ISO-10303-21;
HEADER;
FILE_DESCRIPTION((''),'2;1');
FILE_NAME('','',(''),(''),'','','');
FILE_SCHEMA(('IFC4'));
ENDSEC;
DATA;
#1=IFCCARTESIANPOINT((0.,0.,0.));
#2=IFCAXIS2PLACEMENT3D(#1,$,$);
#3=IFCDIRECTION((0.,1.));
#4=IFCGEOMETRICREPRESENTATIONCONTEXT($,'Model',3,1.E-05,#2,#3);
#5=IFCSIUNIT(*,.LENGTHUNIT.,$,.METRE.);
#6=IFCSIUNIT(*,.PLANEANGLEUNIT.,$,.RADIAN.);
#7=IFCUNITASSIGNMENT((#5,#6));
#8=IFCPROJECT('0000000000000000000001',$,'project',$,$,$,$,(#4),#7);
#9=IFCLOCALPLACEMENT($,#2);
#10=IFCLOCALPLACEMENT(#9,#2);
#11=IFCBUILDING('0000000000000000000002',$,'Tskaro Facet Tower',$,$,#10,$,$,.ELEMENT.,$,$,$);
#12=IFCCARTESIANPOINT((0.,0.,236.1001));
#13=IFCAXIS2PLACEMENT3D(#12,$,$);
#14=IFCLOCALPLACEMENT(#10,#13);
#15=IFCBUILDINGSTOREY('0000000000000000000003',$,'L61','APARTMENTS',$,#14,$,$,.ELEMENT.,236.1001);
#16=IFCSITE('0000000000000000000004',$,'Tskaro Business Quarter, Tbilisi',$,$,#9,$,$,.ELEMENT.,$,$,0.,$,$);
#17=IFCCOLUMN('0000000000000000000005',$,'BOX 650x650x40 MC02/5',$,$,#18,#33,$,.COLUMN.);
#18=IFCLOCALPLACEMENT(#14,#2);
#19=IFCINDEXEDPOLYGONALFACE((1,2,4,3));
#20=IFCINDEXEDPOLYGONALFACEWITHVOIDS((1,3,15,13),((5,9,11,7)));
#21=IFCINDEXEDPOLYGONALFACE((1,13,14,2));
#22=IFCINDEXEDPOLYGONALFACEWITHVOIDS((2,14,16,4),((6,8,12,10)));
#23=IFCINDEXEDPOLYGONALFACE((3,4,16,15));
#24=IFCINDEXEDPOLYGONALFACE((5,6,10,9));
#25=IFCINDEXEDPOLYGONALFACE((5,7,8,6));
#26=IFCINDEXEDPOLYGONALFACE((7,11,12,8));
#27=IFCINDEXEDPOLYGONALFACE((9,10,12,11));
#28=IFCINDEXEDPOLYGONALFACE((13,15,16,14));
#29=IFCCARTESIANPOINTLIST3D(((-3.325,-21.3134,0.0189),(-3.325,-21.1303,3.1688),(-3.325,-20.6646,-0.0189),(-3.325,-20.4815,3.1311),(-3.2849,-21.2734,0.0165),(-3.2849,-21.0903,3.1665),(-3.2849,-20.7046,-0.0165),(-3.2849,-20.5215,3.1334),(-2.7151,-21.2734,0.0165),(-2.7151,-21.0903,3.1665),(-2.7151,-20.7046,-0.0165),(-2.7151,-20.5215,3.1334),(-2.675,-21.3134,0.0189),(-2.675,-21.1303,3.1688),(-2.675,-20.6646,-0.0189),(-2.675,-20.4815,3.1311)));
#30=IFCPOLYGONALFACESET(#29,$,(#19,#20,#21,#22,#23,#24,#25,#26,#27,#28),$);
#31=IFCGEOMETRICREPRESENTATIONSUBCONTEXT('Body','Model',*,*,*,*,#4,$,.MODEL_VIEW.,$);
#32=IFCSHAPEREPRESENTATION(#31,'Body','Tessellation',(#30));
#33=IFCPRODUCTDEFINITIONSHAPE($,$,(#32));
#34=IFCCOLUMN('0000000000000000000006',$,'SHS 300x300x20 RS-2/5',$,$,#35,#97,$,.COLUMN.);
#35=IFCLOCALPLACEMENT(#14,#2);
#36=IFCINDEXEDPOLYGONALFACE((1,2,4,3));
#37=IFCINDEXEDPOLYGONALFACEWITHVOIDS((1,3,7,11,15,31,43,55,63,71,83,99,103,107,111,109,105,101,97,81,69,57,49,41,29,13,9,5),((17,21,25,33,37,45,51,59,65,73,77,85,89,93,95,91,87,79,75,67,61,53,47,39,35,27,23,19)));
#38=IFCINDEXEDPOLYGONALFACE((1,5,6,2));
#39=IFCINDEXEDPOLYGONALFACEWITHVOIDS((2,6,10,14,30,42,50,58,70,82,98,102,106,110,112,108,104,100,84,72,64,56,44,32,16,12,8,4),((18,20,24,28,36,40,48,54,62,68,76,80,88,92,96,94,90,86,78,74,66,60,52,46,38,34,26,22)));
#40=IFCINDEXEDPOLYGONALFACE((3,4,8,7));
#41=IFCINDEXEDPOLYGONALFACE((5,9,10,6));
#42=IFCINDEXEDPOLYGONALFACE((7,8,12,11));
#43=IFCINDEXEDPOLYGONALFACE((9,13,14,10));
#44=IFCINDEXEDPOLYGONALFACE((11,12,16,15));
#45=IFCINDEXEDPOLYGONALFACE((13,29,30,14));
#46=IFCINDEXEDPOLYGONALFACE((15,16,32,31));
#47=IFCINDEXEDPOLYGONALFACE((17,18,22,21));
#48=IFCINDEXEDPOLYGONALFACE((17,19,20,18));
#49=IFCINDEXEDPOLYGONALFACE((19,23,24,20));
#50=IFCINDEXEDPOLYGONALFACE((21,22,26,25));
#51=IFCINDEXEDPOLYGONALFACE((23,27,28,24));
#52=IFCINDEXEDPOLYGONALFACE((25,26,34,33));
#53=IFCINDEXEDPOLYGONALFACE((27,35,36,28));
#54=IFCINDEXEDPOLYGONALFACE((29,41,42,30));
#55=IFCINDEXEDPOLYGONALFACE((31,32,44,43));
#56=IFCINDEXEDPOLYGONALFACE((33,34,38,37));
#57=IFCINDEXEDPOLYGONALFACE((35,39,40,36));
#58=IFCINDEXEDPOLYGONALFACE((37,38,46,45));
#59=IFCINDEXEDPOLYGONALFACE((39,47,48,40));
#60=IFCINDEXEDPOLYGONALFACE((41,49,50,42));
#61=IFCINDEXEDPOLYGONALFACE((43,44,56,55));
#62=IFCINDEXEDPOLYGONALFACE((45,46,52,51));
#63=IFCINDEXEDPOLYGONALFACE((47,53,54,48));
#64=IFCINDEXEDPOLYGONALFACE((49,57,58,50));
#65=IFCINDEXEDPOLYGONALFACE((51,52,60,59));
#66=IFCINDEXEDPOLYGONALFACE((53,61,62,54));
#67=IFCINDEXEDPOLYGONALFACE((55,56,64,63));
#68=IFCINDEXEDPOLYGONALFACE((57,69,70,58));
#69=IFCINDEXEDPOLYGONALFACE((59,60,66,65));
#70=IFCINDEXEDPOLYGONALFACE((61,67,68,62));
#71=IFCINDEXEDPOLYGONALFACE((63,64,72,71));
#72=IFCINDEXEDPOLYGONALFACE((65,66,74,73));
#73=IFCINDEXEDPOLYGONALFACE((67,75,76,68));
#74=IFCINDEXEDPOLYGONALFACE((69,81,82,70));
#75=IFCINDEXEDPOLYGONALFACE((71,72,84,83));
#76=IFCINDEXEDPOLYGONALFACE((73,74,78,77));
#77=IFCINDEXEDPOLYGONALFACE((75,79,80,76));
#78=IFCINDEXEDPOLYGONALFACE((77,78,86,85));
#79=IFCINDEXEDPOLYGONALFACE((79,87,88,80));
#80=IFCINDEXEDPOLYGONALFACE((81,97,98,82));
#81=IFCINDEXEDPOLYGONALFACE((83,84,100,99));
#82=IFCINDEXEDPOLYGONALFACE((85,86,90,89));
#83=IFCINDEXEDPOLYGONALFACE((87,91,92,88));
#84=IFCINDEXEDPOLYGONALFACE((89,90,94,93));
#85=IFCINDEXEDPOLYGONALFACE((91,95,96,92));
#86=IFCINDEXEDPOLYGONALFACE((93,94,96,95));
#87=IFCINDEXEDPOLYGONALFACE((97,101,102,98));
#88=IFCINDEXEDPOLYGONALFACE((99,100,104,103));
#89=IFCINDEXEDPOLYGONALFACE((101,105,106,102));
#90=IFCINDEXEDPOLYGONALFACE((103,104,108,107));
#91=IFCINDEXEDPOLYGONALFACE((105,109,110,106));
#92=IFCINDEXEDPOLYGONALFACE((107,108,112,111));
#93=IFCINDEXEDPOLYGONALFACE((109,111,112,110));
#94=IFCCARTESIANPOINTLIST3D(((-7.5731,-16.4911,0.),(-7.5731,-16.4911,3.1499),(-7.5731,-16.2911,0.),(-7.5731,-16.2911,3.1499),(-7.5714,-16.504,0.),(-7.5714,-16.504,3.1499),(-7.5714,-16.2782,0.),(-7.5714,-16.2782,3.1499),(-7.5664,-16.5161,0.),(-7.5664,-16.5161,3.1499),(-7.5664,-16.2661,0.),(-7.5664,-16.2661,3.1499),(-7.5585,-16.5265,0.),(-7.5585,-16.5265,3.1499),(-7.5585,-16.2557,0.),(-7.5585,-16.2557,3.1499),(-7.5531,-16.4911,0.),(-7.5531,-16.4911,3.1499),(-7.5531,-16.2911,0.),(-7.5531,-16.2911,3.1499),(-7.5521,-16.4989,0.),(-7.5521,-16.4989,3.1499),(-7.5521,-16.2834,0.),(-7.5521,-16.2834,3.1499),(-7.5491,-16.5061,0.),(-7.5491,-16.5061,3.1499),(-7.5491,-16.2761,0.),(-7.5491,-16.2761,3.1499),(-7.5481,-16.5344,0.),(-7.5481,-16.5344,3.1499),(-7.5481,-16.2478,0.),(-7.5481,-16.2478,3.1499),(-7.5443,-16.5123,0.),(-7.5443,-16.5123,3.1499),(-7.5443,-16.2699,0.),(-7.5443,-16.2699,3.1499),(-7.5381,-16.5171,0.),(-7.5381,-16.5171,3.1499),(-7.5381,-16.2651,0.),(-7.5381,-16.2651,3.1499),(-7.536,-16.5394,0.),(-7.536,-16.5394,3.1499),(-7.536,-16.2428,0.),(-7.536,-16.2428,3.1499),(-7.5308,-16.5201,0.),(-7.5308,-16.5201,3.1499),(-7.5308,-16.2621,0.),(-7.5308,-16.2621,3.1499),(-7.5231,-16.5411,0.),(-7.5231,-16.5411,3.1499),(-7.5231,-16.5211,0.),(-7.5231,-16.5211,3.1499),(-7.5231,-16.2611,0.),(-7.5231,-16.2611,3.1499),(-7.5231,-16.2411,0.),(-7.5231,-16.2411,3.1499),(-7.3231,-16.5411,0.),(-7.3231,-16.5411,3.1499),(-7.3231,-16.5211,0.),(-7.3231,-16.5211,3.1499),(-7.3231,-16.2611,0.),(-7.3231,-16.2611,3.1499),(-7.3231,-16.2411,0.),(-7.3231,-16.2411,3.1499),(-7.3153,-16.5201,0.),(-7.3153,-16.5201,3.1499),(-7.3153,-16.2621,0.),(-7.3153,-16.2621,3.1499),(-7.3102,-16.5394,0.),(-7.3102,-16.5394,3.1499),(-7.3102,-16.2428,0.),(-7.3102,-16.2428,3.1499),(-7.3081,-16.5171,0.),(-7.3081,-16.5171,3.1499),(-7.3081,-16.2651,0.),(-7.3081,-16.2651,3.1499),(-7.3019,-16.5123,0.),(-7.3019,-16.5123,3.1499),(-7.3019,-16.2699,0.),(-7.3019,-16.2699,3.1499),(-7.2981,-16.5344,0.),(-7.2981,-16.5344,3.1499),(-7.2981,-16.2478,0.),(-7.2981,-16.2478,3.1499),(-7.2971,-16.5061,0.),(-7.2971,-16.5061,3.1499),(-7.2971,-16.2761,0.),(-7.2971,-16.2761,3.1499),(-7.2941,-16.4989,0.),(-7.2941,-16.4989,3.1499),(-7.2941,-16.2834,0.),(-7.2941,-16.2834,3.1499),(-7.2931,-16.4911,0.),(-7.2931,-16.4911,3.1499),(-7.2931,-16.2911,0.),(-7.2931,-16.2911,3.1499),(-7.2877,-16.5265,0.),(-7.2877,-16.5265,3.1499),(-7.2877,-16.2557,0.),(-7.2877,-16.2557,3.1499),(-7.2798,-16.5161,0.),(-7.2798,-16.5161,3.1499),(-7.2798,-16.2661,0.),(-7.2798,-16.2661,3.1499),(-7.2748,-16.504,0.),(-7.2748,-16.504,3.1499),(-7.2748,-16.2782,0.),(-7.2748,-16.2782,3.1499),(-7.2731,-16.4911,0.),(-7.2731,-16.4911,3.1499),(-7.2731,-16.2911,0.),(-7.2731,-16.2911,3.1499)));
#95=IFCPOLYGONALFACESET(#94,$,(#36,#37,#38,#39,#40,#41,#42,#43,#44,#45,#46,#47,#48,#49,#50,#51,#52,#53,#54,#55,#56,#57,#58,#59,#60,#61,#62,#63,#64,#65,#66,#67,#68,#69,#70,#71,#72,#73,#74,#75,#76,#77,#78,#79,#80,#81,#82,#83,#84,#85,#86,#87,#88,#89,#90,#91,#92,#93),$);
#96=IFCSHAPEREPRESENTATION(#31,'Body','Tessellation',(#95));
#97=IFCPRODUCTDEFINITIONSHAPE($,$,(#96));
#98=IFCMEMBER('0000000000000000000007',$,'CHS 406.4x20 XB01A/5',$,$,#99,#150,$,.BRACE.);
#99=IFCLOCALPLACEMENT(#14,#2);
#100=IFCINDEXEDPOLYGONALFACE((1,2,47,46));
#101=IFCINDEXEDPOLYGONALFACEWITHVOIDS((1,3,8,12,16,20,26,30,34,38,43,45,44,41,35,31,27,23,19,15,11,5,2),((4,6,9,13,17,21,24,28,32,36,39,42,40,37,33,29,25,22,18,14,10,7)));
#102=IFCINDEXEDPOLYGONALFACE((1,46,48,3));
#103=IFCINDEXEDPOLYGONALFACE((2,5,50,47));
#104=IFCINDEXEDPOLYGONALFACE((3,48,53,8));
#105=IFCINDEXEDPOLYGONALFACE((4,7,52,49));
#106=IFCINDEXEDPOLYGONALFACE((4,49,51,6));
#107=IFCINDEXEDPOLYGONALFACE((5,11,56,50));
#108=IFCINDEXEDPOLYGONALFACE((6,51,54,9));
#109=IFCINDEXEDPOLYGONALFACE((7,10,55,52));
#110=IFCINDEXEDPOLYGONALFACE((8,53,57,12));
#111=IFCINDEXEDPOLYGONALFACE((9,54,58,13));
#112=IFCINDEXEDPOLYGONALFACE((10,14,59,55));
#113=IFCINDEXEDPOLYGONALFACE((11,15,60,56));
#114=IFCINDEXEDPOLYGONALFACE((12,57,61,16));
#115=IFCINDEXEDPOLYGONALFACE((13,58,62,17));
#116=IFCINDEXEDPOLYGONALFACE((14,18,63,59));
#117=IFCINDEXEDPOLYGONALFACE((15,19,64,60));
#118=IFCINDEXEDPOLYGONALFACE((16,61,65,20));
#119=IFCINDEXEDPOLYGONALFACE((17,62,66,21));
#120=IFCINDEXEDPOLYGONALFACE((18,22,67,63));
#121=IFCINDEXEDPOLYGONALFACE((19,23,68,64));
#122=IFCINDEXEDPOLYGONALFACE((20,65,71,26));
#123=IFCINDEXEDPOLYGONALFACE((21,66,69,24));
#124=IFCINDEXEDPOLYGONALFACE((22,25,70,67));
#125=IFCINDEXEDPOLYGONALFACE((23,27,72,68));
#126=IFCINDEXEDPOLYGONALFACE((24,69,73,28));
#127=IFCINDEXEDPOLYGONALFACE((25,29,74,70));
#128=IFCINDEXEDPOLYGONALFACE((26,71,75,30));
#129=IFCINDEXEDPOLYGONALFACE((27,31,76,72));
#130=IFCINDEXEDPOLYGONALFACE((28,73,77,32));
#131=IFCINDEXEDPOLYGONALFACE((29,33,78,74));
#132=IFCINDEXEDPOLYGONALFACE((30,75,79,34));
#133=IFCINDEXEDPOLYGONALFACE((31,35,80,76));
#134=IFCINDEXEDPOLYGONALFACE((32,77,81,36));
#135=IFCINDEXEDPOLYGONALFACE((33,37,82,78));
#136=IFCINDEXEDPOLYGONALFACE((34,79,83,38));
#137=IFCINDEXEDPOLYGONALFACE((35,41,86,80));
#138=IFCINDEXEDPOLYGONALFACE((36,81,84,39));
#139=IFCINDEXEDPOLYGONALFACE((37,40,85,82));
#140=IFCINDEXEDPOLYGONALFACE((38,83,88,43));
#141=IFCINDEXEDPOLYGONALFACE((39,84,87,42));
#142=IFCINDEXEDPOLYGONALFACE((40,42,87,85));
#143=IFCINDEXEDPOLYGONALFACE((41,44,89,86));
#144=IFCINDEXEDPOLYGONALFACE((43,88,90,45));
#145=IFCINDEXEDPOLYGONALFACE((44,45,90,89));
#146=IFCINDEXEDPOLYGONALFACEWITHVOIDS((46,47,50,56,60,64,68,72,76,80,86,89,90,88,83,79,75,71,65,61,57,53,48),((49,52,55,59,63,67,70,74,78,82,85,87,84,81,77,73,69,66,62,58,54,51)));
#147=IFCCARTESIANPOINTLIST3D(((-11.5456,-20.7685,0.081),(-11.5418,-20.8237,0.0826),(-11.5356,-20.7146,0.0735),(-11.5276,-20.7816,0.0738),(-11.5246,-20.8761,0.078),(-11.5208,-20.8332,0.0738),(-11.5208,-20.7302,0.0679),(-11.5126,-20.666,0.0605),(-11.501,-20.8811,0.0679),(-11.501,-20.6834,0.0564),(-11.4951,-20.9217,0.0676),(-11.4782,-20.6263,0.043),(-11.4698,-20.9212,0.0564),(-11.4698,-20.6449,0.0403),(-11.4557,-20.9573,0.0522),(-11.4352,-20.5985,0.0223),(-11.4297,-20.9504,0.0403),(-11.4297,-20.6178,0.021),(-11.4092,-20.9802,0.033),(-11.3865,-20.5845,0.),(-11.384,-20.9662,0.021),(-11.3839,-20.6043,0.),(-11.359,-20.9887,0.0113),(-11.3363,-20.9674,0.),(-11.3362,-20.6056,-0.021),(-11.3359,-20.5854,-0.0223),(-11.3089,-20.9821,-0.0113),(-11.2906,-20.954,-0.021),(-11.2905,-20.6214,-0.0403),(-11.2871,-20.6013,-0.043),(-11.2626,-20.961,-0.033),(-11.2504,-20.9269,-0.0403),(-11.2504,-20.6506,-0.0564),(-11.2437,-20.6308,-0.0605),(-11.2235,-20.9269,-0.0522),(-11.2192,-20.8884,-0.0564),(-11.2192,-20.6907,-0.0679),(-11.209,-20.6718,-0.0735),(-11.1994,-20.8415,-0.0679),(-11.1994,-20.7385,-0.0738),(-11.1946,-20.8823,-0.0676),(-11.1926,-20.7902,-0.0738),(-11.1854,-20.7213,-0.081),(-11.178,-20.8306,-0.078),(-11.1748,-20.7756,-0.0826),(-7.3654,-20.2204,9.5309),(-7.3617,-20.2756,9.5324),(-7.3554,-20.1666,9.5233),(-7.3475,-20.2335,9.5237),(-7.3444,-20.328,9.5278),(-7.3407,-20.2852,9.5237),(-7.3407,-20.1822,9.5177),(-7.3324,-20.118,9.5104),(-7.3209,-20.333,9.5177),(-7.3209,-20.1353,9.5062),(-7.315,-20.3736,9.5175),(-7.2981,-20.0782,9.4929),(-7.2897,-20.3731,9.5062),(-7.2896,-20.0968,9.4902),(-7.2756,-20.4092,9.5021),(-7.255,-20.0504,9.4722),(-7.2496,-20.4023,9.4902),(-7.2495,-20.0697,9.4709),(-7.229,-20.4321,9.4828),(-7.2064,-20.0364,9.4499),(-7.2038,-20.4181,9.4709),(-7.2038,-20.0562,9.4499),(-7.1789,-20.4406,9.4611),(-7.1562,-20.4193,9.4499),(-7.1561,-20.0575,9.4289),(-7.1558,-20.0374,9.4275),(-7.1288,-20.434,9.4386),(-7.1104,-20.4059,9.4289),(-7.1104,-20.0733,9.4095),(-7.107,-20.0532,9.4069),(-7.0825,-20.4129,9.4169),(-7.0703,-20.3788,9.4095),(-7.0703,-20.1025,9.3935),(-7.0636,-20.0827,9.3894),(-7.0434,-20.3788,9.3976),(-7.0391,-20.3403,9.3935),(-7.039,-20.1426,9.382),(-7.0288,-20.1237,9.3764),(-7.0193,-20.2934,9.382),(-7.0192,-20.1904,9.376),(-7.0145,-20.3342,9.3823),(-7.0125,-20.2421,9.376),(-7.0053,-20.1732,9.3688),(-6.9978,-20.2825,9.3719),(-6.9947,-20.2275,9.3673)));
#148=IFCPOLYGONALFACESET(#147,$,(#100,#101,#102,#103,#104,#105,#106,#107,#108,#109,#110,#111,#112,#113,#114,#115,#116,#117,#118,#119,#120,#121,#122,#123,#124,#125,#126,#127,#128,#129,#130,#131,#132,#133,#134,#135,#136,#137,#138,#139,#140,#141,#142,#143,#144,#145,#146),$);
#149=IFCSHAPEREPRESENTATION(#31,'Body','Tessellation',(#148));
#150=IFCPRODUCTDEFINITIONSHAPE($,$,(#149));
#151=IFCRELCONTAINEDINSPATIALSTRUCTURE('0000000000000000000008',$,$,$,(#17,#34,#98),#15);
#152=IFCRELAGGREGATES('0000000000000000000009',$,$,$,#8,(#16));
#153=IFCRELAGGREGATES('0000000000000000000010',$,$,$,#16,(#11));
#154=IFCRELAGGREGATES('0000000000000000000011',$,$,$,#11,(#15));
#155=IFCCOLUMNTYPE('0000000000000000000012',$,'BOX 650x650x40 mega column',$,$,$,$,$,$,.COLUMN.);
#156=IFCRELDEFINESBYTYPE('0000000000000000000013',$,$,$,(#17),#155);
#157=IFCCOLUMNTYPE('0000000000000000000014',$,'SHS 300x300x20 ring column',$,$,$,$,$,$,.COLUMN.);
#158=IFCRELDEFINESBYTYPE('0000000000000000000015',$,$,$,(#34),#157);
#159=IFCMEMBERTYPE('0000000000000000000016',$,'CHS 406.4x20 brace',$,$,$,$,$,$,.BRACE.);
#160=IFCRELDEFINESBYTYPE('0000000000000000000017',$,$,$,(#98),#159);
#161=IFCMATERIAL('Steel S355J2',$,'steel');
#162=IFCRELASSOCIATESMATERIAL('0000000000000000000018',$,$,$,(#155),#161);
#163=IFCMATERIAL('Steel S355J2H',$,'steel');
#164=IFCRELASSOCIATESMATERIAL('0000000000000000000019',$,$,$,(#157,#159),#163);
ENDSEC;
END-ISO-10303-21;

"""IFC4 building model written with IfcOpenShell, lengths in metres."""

from ifc_helpers import new_model, si_unit, direction, frame, origin, origin_2d, place, context, subcontext, project, spatial, hollow_rectangle, hollow_circle, extrude, material, material_profile, profile_set, type_object, element, save


model = new_model("IFC4")

# Units and contexts
model_context = context("Model", 3, precision=1e-05, world=origin(), true_north=direction((0.0, 1.0)))
body_context = subcontext(model_context, "Body", "Model", "MODEL_VIEW")
ifc_project = project(units=[si_unit("LENGTHUNIT", "METRE"), si_unit("PLANEANGLEUNIT", "RADIAN")], contexts=[model_context])

# Site, building, storey
site_placement = place(None, origin())
site = spatial("IfcSite", under=ifc_project, at=site_placement, Name="Tskaro Business Quarter, Tbilisi", CompositionType="ELEMENT", RefElevation=0.0)
building_placement = place(site_placement, origin())
building = spatial("IfcBuilding", under=site, at=building_placement, Name="Tskaro Facet Tower", CompositionType="ELEMENT")
storey_placement = place(building_placement, frame((0.0, 0.0, 236.1001)))
storey = spatial("IfcBuildingStorey", under=building, at=storey_placement, Name="L61", Description="APARTMENTS", CompositionType="ELEMENT", Elevation=236.1001)

# Columns
ifc_material_1 = material(Name="Steel S355J2", Category="steel")
ifc_material_profile_1 = material_profile(ifc_material_1, hollow_rectangle(XDim=0.6499, YDim=0.6499, WallThickness=0.04, at=origin_2d()), Name="BOX 650x650x40")
ifc_profile_set_1 = profile_set([ifc_material_profile_1], Name="Steel S355J2")
column_type_1 = type_object("IfcColumnType", Name="BOX 650x650x40 mega column", PredefinedType="COLUMN", material=ifc_profile_set_1)
column_1_placement = place(storey_placement, frame((-3.0, -20.989, 0.0), z_axis=(0.0, 0.058033, 0.998315), x_axis=(-1.0, 0.0, 0.0)))
element("IfcColumn", 1, at=column_1_placement, inside=storey, type_object=column_type_1, Name="BOX 650x650x40 MC02/5", PredefinedType="COLUMN", context=body_context, shape_type="SweptSolid", body=[
    extrude(hollow_rectangle(XDim=0.6499, YDim=0.6499, WallThickness=0.04, at=origin_2d()), origin(), (0.0, 0.0, 1.0), 3.1553),
])
ifc_material_2 = material(Name="Steel S355J2H", Category="steel")
ifc_material_profile_2 = material_profile(ifc_material_2, hollow_rectangle(XDim=0.3, YDim=0.3, WallThickness=0.02, InnerFilletRadius=0.03, OuterFilletRadius=0.05, at=origin_2d()), Name="SHS 300x300x20")
ifc_profile_set_2 = profile_set([ifc_material_profile_2], Name="Steel S355J2H")
column_type_2 = type_object("IfcColumnType", Name="SHS 300x300x20 ring column", PredefinedType="COLUMN", material=ifc_profile_set_2)
column_2_placement = place(storey_placement, frame((-7.4231, -16.3911, 0.0), z_axis=(0.0, 0.0, 1.0), x_axis=(1.0, 0.0, 0.0)))
element("IfcColumn", 2, at=column_2_placement, inside=storey, type_object=column_type_2, Name="SHS 300x300x20 RS-2/5", PredefinedType="COLUMN", context=body_context, shape_type="SweptSolid", body=[
    extrude(hollow_rectangle(XDim=0.3, YDim=0.3, WallThickness=0.02, InnerFilletRadius=0.03, OuterFilletRadius=0.05, at=origin_2d()), origin(), (0.0, 0.0, 1.0), 3.1499),
])

# Member
ifc_material_profile_3 = material_profile(ifc_material_2, hollow_circle(Radius=0.2031, WallThickness=0.02, at=origin_2d()), Name="CHS 406.4x20")
ifc_profile_set_3 = profile_set([ifc_material_profile_3], Name="Steel S355J2H")
member_type_1 = type_object("IfcMemberType", Name="CHS 406.4x20 brace", PredefinedType="BRACE", material=ifc_profile_set_3)
member_1_placement = place(storey_placement, frame((-11.3601, -20.7859, 0.0), z_axis=(0.40397, 0.052968, 0.913238), x_axis=(-0.130005, 0.991513, 0.0)))
element("IfcMember", 3, at=member_1_placement, inside=storey, type_object=member_type_1, Name="CHS 406.4x20 XB01A/5", PredefinedType="BRACE", context=body_context, shape_type="SweptSolid", body=[
    extrude(hollow_circle(Radius=0.2031, WallThickness=0.02, at=origin_2d()), origin(), (0.0, 0.0, 1.0), 10.3477),
])

save(model, "model.ifc")
